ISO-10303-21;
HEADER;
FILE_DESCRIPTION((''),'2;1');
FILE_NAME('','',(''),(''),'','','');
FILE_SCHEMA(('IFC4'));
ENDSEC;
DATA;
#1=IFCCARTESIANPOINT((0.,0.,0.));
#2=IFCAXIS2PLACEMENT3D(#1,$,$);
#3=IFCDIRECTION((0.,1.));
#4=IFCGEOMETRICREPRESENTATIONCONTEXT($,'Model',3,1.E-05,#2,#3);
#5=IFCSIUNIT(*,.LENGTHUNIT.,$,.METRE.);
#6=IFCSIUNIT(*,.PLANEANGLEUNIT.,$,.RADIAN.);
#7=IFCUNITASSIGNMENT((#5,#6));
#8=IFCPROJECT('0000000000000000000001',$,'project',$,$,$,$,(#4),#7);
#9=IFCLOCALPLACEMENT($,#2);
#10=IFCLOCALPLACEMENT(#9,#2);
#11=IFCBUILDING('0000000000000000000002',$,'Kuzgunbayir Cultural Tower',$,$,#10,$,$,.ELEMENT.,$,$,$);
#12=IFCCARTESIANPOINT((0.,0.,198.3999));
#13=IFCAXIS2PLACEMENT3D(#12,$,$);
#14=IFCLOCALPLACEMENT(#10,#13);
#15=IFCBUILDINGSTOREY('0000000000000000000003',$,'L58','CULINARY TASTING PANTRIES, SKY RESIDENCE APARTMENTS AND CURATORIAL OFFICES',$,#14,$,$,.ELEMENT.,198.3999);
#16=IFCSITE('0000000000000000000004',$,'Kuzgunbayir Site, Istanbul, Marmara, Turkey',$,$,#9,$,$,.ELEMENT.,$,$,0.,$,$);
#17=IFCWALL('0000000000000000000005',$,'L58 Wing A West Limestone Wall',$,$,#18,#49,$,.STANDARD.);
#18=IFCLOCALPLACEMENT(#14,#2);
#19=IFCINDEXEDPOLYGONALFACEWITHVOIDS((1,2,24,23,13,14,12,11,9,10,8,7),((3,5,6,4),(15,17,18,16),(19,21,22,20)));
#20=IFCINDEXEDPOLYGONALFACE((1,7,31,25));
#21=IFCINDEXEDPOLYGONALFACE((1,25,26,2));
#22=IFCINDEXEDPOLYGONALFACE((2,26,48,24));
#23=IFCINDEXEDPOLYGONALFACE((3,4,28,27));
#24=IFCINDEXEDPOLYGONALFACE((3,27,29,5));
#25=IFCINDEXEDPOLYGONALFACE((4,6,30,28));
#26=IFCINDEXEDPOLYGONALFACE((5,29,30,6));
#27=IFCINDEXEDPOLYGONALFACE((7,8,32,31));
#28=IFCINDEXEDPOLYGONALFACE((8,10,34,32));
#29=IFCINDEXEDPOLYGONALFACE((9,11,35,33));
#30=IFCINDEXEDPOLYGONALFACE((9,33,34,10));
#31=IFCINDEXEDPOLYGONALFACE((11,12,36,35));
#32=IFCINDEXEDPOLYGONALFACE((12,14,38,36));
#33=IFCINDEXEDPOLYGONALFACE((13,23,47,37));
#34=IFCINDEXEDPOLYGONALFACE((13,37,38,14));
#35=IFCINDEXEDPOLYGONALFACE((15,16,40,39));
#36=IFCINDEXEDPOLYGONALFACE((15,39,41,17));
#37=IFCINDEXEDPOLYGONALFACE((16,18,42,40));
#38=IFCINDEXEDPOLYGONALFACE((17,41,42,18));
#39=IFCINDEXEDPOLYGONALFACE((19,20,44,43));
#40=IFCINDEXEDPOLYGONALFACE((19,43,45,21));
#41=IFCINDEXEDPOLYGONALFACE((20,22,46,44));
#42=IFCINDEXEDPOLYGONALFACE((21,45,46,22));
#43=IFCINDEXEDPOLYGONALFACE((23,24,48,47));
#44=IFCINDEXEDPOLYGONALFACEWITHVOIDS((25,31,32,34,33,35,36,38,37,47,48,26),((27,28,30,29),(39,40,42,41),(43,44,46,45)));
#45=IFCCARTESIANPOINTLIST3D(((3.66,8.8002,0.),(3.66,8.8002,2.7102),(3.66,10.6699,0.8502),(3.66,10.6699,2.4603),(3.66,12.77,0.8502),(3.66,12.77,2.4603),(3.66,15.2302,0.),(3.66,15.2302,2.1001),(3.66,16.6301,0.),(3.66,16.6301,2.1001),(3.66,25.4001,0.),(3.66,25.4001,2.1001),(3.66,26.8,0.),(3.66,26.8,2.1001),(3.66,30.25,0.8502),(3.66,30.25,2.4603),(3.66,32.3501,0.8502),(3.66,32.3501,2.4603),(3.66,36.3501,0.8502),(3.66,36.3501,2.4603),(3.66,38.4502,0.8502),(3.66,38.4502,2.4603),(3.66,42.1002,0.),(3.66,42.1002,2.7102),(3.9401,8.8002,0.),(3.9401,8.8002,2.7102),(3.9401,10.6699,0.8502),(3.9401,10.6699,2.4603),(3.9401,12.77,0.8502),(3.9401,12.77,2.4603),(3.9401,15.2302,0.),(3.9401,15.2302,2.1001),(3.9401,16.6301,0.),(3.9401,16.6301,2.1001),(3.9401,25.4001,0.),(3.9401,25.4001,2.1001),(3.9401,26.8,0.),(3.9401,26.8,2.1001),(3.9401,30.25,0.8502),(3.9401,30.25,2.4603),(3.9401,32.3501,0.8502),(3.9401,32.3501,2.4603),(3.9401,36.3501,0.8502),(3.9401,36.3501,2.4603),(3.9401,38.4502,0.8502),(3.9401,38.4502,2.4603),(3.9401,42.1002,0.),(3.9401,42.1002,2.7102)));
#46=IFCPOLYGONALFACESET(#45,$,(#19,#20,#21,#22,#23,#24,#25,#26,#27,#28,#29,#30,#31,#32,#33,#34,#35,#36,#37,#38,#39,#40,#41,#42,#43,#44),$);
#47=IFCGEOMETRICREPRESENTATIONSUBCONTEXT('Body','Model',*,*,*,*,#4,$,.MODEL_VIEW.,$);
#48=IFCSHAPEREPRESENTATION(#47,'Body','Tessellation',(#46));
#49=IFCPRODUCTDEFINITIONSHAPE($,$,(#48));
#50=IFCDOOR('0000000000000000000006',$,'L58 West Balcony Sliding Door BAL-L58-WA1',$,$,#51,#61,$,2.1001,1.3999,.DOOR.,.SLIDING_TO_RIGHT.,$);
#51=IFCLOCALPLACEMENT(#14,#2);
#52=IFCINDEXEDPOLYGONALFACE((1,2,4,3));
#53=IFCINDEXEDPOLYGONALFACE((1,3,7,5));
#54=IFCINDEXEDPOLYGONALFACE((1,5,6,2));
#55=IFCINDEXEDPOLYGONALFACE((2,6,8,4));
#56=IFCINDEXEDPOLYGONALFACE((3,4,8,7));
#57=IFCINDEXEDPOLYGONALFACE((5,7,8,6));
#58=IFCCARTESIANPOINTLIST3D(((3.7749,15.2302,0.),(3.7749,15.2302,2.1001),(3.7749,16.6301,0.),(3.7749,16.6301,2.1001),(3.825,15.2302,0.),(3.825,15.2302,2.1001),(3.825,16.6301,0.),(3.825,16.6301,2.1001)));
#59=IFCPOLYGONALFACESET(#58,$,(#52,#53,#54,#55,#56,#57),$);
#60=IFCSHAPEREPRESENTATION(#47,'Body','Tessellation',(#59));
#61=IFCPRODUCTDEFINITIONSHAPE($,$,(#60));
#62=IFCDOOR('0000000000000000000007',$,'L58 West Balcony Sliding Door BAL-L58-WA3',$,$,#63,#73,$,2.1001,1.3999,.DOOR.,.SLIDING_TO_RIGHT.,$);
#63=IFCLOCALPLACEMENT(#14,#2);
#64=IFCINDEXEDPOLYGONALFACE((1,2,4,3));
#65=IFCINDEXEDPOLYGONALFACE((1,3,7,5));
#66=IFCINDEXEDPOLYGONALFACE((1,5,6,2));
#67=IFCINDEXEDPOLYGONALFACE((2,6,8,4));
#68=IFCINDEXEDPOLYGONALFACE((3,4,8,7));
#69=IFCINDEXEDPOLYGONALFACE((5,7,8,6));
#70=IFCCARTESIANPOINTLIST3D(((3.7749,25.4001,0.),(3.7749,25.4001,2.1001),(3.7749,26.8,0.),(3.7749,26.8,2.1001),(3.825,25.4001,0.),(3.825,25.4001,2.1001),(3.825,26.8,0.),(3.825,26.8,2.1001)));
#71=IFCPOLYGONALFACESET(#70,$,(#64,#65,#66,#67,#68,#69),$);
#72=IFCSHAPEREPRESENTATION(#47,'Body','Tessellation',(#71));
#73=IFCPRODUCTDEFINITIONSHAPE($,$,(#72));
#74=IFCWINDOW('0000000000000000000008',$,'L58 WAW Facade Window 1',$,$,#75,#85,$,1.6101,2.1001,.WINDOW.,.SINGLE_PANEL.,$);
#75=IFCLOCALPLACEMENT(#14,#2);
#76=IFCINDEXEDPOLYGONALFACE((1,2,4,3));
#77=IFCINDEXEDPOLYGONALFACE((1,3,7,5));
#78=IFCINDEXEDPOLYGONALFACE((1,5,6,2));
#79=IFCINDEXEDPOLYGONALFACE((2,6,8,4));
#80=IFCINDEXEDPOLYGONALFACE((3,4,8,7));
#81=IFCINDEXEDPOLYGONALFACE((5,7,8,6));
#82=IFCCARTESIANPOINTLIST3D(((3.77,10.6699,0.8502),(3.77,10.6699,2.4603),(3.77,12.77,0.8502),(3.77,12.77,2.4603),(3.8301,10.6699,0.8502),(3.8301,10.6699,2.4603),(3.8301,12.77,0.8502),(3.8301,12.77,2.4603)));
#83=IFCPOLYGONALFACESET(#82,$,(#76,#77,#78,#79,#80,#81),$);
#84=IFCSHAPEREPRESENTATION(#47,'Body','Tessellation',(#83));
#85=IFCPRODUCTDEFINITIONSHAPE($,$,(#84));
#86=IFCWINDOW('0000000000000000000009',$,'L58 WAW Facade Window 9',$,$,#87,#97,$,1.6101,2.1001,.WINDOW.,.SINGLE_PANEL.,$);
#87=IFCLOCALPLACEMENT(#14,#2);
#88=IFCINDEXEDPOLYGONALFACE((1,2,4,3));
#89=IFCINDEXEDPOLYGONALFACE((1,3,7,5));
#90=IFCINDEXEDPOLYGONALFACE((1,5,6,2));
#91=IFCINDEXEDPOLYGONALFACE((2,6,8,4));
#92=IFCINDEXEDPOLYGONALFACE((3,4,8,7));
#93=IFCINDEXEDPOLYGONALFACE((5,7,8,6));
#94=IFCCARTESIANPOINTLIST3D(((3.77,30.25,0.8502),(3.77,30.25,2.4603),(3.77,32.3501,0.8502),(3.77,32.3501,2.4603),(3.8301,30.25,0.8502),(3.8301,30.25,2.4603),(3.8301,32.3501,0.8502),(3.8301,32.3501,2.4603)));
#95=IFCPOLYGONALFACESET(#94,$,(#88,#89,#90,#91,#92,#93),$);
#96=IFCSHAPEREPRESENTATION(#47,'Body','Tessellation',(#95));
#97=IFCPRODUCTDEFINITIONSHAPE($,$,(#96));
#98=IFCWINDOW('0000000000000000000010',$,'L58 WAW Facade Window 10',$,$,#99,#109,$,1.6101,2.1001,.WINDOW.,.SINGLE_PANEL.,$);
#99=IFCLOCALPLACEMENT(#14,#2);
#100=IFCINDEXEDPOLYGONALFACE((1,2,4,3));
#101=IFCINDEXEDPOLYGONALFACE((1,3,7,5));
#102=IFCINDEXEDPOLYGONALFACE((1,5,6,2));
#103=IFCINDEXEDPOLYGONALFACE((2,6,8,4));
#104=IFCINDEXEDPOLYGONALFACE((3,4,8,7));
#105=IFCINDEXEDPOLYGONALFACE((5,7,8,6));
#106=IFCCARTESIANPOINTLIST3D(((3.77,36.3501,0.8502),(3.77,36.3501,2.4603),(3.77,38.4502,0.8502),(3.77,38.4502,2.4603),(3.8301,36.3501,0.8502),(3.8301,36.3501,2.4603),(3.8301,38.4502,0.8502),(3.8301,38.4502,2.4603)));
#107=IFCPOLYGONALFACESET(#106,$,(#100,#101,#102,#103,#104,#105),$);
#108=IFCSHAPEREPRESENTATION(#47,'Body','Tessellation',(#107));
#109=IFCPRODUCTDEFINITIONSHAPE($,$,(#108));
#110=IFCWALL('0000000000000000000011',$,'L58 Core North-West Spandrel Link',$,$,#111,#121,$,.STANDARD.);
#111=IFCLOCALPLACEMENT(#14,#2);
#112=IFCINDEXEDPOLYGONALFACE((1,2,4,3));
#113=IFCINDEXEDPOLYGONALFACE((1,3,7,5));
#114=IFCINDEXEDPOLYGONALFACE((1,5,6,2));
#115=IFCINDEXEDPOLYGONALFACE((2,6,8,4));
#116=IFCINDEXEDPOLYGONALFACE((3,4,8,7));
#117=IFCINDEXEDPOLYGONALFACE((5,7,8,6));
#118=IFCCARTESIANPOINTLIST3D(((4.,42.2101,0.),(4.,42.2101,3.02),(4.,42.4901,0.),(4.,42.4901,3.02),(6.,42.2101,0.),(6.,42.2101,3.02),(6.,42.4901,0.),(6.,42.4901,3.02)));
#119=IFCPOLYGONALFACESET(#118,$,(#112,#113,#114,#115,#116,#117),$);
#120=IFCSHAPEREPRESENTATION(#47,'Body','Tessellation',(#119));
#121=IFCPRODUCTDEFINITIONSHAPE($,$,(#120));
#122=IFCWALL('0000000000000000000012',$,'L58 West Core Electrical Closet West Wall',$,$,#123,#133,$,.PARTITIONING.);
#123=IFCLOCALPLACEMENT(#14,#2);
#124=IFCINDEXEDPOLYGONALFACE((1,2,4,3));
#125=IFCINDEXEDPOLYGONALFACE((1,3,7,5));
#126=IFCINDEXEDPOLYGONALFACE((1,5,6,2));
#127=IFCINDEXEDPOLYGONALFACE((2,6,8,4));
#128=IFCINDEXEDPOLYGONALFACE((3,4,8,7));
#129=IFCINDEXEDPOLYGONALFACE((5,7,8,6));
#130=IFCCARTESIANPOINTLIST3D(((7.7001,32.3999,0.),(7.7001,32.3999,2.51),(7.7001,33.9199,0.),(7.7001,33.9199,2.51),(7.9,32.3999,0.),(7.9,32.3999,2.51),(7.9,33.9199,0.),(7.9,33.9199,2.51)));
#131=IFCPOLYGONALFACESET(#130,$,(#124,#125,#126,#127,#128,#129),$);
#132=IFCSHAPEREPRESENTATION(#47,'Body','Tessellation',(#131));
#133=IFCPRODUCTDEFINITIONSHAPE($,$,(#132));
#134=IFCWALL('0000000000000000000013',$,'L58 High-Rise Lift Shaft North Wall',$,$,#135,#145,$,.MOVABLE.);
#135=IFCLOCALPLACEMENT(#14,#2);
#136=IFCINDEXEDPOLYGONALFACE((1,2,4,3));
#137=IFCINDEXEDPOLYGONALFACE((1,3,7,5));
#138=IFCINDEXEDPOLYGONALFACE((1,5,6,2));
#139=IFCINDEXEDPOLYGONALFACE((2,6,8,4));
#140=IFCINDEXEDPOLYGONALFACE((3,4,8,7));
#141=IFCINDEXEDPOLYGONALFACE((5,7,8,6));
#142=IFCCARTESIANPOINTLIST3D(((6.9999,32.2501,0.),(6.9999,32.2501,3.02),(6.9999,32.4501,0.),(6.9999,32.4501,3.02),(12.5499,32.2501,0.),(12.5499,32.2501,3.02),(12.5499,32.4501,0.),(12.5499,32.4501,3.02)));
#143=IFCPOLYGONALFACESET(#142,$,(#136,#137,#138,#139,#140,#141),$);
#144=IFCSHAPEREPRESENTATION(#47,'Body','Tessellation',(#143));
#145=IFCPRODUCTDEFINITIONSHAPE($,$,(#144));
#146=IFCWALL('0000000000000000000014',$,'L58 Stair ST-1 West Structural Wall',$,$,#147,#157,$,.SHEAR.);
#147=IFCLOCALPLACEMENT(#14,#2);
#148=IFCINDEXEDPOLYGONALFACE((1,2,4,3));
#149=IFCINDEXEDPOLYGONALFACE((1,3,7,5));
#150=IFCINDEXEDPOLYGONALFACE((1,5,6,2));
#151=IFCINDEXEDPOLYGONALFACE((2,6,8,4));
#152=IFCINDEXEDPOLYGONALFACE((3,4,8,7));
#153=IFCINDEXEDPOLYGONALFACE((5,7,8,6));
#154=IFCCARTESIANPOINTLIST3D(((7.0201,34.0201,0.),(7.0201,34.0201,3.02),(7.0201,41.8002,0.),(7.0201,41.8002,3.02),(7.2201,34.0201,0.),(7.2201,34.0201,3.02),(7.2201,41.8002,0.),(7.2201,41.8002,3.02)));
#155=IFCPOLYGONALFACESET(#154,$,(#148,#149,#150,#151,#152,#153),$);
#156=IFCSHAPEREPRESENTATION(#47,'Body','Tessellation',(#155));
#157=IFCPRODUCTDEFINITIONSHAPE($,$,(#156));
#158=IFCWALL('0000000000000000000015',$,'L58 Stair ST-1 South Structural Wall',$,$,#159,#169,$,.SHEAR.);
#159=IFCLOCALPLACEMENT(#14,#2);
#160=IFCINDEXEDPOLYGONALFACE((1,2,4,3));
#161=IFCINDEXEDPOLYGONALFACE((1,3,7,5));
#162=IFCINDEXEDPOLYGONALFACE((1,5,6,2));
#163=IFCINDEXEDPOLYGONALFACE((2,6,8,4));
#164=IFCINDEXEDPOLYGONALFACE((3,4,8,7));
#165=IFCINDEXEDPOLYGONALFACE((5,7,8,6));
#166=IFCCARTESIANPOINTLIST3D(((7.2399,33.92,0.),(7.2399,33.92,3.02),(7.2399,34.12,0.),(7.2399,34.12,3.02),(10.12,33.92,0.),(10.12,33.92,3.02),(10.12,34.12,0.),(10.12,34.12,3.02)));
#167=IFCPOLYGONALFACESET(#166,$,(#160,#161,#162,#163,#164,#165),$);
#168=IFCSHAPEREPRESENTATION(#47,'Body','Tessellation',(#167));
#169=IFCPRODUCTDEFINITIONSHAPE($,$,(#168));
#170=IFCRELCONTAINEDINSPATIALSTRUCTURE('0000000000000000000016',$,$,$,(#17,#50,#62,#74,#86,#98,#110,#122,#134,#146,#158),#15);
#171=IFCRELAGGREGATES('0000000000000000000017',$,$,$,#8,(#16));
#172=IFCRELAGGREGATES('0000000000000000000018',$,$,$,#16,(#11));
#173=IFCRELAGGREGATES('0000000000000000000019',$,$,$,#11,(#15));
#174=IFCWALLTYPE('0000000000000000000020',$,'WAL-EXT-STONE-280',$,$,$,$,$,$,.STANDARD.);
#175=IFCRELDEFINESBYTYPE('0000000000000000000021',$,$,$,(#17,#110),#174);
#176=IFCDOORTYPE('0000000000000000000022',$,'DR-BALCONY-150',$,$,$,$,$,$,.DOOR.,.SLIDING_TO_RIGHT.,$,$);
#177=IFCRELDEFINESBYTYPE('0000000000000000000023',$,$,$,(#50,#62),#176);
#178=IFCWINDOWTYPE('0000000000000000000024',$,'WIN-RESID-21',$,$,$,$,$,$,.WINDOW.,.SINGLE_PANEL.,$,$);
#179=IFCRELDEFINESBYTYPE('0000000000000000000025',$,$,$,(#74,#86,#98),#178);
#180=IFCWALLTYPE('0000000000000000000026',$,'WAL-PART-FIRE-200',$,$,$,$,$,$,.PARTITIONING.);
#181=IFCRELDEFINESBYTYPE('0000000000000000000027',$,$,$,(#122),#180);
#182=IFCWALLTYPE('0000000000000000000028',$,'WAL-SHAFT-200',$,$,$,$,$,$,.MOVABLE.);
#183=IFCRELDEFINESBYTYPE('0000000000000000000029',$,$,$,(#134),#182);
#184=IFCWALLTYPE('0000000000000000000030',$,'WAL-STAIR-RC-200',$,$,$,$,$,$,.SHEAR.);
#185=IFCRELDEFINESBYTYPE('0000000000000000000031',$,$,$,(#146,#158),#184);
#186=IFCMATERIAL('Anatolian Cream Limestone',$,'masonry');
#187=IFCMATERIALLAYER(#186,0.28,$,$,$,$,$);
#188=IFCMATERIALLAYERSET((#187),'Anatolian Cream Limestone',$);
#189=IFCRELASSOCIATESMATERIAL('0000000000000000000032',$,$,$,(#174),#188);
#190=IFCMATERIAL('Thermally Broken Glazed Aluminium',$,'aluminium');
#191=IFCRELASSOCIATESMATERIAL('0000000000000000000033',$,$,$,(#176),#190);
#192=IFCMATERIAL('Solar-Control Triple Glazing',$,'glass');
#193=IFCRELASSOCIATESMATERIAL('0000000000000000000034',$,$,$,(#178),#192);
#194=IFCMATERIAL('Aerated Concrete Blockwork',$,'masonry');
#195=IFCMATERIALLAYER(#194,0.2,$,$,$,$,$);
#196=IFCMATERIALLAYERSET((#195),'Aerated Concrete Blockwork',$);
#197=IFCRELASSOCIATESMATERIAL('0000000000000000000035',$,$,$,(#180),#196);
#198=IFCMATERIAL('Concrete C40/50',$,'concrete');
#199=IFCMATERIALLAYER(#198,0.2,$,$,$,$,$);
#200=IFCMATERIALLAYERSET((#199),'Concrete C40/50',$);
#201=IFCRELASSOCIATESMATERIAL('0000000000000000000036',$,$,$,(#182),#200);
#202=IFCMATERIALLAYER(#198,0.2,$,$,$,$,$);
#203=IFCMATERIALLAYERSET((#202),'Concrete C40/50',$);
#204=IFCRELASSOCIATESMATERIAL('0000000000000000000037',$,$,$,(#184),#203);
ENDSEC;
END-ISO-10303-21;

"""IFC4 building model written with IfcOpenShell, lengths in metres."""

from ifc_helpers import new_model, si_unit, direction, frame, frame_2d, origin, place, context, subcontext, project, spatial, rectangle, extrude, material, layer, layer_set, type_object, element, fill, save


model = new_model("IFC4")

# Units and contexts
model_context = context("Model", 3, precision=1e-05, world=origin(), true_north=direction((0.0, 1.0)))
body_context = subcontext(model_context, "Body", "Model", "MODEL_VIEW")
ifc_project = project(units=[si_unit("LENGTHUNIT", "METRE"), si_unit("PLANEANGLEUNIT", "RADIAN")], contexts=[model_context])

# Site, building, storey
site_placement = place(None, origin())
site = spatial("IfcSite", under=ifc_project, at=site_placement, Name="Kuzgunbayir Site, Istanbul, Marmara, Turkey", CompositionType="ELEMENT", RefElevation=0.0)
building_placement = place(site_placement, origin())
building = spatial("IfcBuilding", under=site, at=building_placement, Name="Kuzgunbayir Cultural Tower", CompositionType="ELEMENT")
storey_placement = place(building_placement, frame((0.0, 0.0, 198.3999)))
storey = spatial("IfcBuildingStorey", under=building, at=storey_placement, Name="L58", Description="CULINARY TASTING PANTRIES, SKY RESIDENCE APARTMENTS AND CURATORIAL OFFICES", CompositionType="ELEMENT", Elevation=198.3999)

# Wall, openings, doors, windows
ifc_material_1 = material(Name="Anatolian Cream Limestone", Category="masonry")
ifc_layer_1 = layer(ifc_material_1, 0.28)
ifc_layer_set_1 = layer_set([ifc_layer_1], Name="Anatolian Cream Limestone")
wall_type_1 = type_object("IfcWallType", Name="WAL-EXT-STONE-280", PredefinedType="STANDARD", material=ifc_layer_set_1)
wall_1_placement = place(storey_placement, frame((3.8, 42.1001, 0.0), z_axis=(0.0, 0.0, 1.0), x_axis=(0.0, -1.0, 0.0)))
wall_1 = element("IfcWall", 1, at=wall_1_placement, inside=storey, type_object=wall_type_1, Name="L58 Wing A West Limestone Wall", PredefinedType="STANDARD", context=body_context, shape_type="SweptSolid", body=[
    extrude(rectangle(XDim=33.3, YDim=0.28, at=frame_2d((16.6499, 0.0))), origin(), (0.0, 0.0, 1.0), 2.7102),
])
opening_1_placement = place(wall_1_placement, frame((25.47, 0.0, 0.0)))
opening_1 = element("IfcOpeningElement", 2, at=opening_1_placement, cuts=wall_1, PredefinedType="OPENING", context=body_context, shape_type="SweptSolid", body=[
    extrude(rectangle(XDim=1.3999, YDim=2.1001, at=frame_2d((0.7, 1.05))), frame((0.0, 0.1499, 0.0), z_axis=(0.0, -1.0, 0.0), x_axis=(1.0, 0.0, 0.0)), (0.0, 0.0, 1.0), 0.3),
])
opening_2_placement = place(wall_1_placement, frame((15.3, 0.0, 0.0)))
opening_2 = element("IfcOpeningElement", 3, at=opening_2_placement, cuts=wall_1, PredefinedType="OPENING", context=body_context, shape_type="SweptSolid", body=[
    extrude(rectangle(XDim=1.3999, YDim=2.1001, at=frame_2d((0.7, 1.05))), frame((0.0, 0.1499, 0.0), z_axis=(0.0, -1.0, 0.0), x_axis=(1.0, 0.0, 0.0)), (0.0, 0.0, 1.0), 0.3),
])
opening_3_placement = place(wall_1_placement, frame((29.3301, 0.0, 0.8501)))
opening_3 = element("IfcOpeningElement", 4, at=opening_3_placement, cuts=wall_1, PredefinedType="OPENING", context=body_context, shape_type="SweptSolid", body=[
    extrude(rectangle(XDim=2.1001, YDim=1.6101, at=frame_2d((1.05, 0.8052))), frame((0.0, 0.1499, 0.0), z_axis=(0.0, -1.0, 0.0), x_axis=(1.0, 0.0, 0.0)), (0.0, 0.0, 1.0), 0.3),
])
opening_4_placement = place(wall_1_placement, frame((9.75, 0.0, 0.8501)))
opening_4 = element("IfcOpeningElement", 5, at=opening_4_placement, cuts=wall_1, PredefinedType="OPENING", context=body_context, shape_type="SweptSolid", body=[
    extrude(rectangle(XDim=2.1001, YDim=1.6101, at=frame_2d((1.05, 0.8052))), frame((0.0, 0.1499, 0.0), z_axis=(0.0, -1.0, 0.0), x_axis=(1.0, 0.0, 0.0)), (0.0, 0.0, 1.0), 0.3),
])
opening_5_placement = place(wall_1_placement, frame((3.6499, 0.0, 0.8501)))
opening_5 = element("IfcOpeningElement", 6, at=opening_5_placement, cuts=wall_1, PredefinedType="OPENING", context=body_context, shape_type="SweptSolid", body=[
    extrude(rectangle(XDim=2.1001, YDim=1.6101, at=frame_2d((1.05, 0.8052))), frame((0.0, 0.1499, 0.0), z_axis=(0.0, -1.0, 0.0), x_axis=(1.0, 0.0, 0.0)), (0.0, 0.0, 1.0), 0.3),
])
ifc_material_2 = material(Name="Thermally Broken Glazed Aluminium", Category="aluminium")
door_type = type_object("IfcDoorType", Name="DR-BALCONY-150", OperationType="SLIDING_TO_RIGHT", PredefinedType="DOOR", material=ifc_material_2)
door_1_placement = place(opening_1_placement, origin())
door_1 = element("IfcDoor", 7, at=door_1_placement, inside=storey, type_object=door_type, Name="L58 West Balcony Sliding Door BAL-L58-WA1", OperationType="SLIDING_TO_RIGHT", OverallHeight=2.1001, OverallWidth=1.3999, PredefinedType="DOOR", context=body_context, shape_type="SweptSolid", body=[
    extrude(rectangle(XDim=1.3999, YDim=2.1001, at=frame_2d((0.7, 1.05))), frame((0.0, 0.0249, 0.0), z_axis=(0.0, -1.0, 0.0), x_axis=(1.0, 0.0, 0.0)), (0.0, 0.0, 1.0), 0.05),
])
fill(opening_1, door_1)
door_2_placement = place(opening_2_placement, origin())
door_2 = element("IfcDoor", 8, at=door_2_placement, inside=storey, type_object=door_type, Name="L58 West Balcony Sliding Door BAL-L58-WA3", OperationType="SLIDING_TO_RIGHT", OverallHeight=2.1001, OverallWidth=1.3999, PredefinedType="DOOR", context=body_context, shape_type="SweptSolid", body=[
    extrude(rectangle(XDim=1.3999, YDim=2.1001, at=frame_2d((0.7, 1.05))), frame((0.0, 0.0249, 0.0), z_axis=(0.0, -1.0, 0.0), x_axis=(1.0, 0.0, 0.0)), (0.0, 0.0, 1.0), 0.05),
])
fill(opening_2, door_2)
ifc_material_3 = material(Name="Solar-Control Triple Glazing", Category="glass")
window_type = type_object("IfcWindowType", Name="WIN-RESID-21", PartitioningType="SINGLE_PANEL", PredefinedType="WINDOW", material=ifc_material_3)
window_1_placement = place(opening_3_placement, origin())
window_1 = element("IfcWindow", 9, at=window_1_placement, inside=storey, type_object=window_type, Name="L58 WAW Facade Window 1", OverallHeight=1.6101, OverallWidth=2.1001, PartitioningType="SINGLE_PANEL", PredefinedType="WINDOW", context=body_context, shape_type="SweptSolid", body=[
    extrude(rectangle(XDim=2.1001, YDim=1.6101, at=frame_2d((1.05, 0.8052))), frame((0.0, 0.03, 0.0), z_axis=(0.0, -1.0, 0.0), x_axis=(1.0, 0.0, 0.0)), (0.0, 0.0, 1.0), 0.0601),
])
fill(opening_3, window_1)
window_2_placement = place(opening_4_placement, origin())
window_2 = element("IfcWindow", 10, at=window_2_placement, inside=storey, type_object=window_type, Name="L58 WAW Facade Window 9", OverallHeight=1.6101, OverallWidth=2.1001, PartitioningType="SINGLE_PANEL", PredefinedType="WINDOW", context=body_context, shape_type="SweptSolid", body=[
    extrude(rectangle(XDim=2.1001, YDim=1.6101, at=frame_2d((1.05, 0.8052))), frame((0.0, 0.03, 0.0), z_axis=(0.0, -1.0, 0.0), x_axis=(1.0, 0.0, 0.0)), (0.0, 0.0, 1.0), 0.0601),
])
fill(opening_4, window_2)
window_3_placement = place(opening_5_placement, origin())
window_3 = element("IfcWindow", 11, at=window_3_placement, inside=storey, type_object=window_type, Name="L58 WAW Facade Window 10", OverallHeight=1.6101, OverallWidth=2.1001, PartitioningType="SINGLE_PANEL", PredefinedType="WINDOW", context=body_context, shape_type="SweptSolid", body=[
    extrude(rectangle(XDim=2.1001, YDim=1.6101, at=frame_2d((1.05, 0.8052))), frame((0.0, 0.03, 0.0), z_axis=(0.0, -1.0, 0.0), x_axis=(1.0, 0.0, 0.0)), (0.0, 0.0, 1.0), 0.0601),
])
fill(opening_5, window_3)

# Walls
wall_2_placement = place(storey_placement, frame((6.0, 42.3501, 0.0), z_axis=(0.0, 0.0, 1.0), x_axis=(-1.0, 0.0, 0.0)))
element("IfcWall", 12, at=wall_2_placement, inside=storey, type_object=wall_type_1, Name="L58 Core North-West Spandrel Link", PredefinedType="STANDARD", context=body_context, shape_type="SweptSolid", body=[
    extrude(rectangle(XDim=2.0, YDim=0.28, at=frame_2d((1.0, 0.0))), origin(), (0.0, 0.0, 1.0), 3.02),
])
ifc_material_4 = material(Name="Aerated Concrete Blockwork", Category="masonry")
ifc_layer_2 = layer(ifc_material_4, 0.2)
ifc_layer_set_2 = layer_set([ifc_layer_2], Name="Aerated Concrete Blockwork")
wall_type_2 = type_object("IfcWallType", Name="WAL-PART-FIRE-200", PredefinedType="PARTITIONING", material=ifc_layer_set_2)
wall_3_placement = place(storey_placement, frame((7.8, 32.3999, 0.0), z_axis=(0.0, 0.0, 1.0), x_axis=(0.0, 1.0, 0.0)))
element("IfcWall", 13, at=wall_3_placement, inside=storey, type_object=wall_type_2, Name="L58 West Core Electrical Closet West Wall", PredefinedType="PARTITIONING", context=body_context, shape_type="SweptSolid", body=[
    extrude(rectangle(XDim=1.52, YDim=0.2, at=frame_2d((0.76, 0.0))), origin(), (0.0, 0.0, 1.0), 2.51),
])
ifc_material_5 = material(Name="Concrete C40/50", Category="concrete")
ifc_layer_3 = layer(ifc_material_5, 0.2)
ifc_layer_set_3 = layer_set([ifc_layer_3], Name="Concrete C40/50")
wall_type_3 = type_object("IfcWallType", Name="WAL-SHAFT-200", PredefinedType="MOVABLE", material=ifc_layer_set_3)
wall_4_placement = place(storey_placement, frame((7.0, 32.3501, 0.0), z_axis=(0.0, 0.0, 1.0), x_axis=(1.0, 0.0, 0.0)))
element("IfcWall", 14, at=wall_4_placement, inside=storey, type_object=wall_type_3, Name="L58 High-Rise Lift Shaft North Wall", PredefinedType="MOVABLE", context=body_context, shape_type="SweptSolid", body=[
    extrude(rectangle(XDim=5.55, YDim=0.2, at=frame_2d((2.7749, 0.0))), origin(), (0.0, 0.0, 1.0), 3.02),
])
ifc_layer_4 = layer(ifc_material_5, 0.2)
ifc_layer_set_4 = layer_set([ifc_layer_4], Name="Concrete C40/50")
wall_type_4 = type_object("IfcWallType", Name="WAL-STAIR-RC-200", PredefinedType="SHEAR", material=ifc_layer_set_4)
wall_5_placement = place(storey_placement, frame((7.1201, 34.02, 0.0), z_axis=(0.0, 0.0, 1.0), x_axis=(0.0, 1.0, 0.0)))
element("IfcWall", 15, at=wall_5_placement, inside=storey, type_object=wall_type_4, Name="L58 Stair ST-1 West Structural Wall", PredefinedType="SHEAR", context=body_context, shape_type="SweptSolid", body=[
    extrude(rectangle(XDim=7.78, YDim=0.2, at=frame_2d((3.8901, 0.0))), origin(), (0.0, 0.0, 1.0), 3.02),
])
wall_6_placement = place(storey_placement, frame((7.24, 34.02, 0.0), z_axis=(0.0, 0.0, 1.0), x_axis=(1.0, 0.0, 0.0)))
element("IfcWall", 16, at=wall_6_placement, inside=storey, type_object=wall_type_4, Name="L58 Stair ST-1 South Structural Wall", PredefinedType="SHEAR", context=body_context, shape_type="SweptSolid", body=[
    extrude(rectangle(XDim=2.8801, YDim=0.2, at=frame_2d((1.4399, 0.0))), origin(), (0.0, 0.0, 1.0), 3.02),
])

save(model, "model.ifc")
